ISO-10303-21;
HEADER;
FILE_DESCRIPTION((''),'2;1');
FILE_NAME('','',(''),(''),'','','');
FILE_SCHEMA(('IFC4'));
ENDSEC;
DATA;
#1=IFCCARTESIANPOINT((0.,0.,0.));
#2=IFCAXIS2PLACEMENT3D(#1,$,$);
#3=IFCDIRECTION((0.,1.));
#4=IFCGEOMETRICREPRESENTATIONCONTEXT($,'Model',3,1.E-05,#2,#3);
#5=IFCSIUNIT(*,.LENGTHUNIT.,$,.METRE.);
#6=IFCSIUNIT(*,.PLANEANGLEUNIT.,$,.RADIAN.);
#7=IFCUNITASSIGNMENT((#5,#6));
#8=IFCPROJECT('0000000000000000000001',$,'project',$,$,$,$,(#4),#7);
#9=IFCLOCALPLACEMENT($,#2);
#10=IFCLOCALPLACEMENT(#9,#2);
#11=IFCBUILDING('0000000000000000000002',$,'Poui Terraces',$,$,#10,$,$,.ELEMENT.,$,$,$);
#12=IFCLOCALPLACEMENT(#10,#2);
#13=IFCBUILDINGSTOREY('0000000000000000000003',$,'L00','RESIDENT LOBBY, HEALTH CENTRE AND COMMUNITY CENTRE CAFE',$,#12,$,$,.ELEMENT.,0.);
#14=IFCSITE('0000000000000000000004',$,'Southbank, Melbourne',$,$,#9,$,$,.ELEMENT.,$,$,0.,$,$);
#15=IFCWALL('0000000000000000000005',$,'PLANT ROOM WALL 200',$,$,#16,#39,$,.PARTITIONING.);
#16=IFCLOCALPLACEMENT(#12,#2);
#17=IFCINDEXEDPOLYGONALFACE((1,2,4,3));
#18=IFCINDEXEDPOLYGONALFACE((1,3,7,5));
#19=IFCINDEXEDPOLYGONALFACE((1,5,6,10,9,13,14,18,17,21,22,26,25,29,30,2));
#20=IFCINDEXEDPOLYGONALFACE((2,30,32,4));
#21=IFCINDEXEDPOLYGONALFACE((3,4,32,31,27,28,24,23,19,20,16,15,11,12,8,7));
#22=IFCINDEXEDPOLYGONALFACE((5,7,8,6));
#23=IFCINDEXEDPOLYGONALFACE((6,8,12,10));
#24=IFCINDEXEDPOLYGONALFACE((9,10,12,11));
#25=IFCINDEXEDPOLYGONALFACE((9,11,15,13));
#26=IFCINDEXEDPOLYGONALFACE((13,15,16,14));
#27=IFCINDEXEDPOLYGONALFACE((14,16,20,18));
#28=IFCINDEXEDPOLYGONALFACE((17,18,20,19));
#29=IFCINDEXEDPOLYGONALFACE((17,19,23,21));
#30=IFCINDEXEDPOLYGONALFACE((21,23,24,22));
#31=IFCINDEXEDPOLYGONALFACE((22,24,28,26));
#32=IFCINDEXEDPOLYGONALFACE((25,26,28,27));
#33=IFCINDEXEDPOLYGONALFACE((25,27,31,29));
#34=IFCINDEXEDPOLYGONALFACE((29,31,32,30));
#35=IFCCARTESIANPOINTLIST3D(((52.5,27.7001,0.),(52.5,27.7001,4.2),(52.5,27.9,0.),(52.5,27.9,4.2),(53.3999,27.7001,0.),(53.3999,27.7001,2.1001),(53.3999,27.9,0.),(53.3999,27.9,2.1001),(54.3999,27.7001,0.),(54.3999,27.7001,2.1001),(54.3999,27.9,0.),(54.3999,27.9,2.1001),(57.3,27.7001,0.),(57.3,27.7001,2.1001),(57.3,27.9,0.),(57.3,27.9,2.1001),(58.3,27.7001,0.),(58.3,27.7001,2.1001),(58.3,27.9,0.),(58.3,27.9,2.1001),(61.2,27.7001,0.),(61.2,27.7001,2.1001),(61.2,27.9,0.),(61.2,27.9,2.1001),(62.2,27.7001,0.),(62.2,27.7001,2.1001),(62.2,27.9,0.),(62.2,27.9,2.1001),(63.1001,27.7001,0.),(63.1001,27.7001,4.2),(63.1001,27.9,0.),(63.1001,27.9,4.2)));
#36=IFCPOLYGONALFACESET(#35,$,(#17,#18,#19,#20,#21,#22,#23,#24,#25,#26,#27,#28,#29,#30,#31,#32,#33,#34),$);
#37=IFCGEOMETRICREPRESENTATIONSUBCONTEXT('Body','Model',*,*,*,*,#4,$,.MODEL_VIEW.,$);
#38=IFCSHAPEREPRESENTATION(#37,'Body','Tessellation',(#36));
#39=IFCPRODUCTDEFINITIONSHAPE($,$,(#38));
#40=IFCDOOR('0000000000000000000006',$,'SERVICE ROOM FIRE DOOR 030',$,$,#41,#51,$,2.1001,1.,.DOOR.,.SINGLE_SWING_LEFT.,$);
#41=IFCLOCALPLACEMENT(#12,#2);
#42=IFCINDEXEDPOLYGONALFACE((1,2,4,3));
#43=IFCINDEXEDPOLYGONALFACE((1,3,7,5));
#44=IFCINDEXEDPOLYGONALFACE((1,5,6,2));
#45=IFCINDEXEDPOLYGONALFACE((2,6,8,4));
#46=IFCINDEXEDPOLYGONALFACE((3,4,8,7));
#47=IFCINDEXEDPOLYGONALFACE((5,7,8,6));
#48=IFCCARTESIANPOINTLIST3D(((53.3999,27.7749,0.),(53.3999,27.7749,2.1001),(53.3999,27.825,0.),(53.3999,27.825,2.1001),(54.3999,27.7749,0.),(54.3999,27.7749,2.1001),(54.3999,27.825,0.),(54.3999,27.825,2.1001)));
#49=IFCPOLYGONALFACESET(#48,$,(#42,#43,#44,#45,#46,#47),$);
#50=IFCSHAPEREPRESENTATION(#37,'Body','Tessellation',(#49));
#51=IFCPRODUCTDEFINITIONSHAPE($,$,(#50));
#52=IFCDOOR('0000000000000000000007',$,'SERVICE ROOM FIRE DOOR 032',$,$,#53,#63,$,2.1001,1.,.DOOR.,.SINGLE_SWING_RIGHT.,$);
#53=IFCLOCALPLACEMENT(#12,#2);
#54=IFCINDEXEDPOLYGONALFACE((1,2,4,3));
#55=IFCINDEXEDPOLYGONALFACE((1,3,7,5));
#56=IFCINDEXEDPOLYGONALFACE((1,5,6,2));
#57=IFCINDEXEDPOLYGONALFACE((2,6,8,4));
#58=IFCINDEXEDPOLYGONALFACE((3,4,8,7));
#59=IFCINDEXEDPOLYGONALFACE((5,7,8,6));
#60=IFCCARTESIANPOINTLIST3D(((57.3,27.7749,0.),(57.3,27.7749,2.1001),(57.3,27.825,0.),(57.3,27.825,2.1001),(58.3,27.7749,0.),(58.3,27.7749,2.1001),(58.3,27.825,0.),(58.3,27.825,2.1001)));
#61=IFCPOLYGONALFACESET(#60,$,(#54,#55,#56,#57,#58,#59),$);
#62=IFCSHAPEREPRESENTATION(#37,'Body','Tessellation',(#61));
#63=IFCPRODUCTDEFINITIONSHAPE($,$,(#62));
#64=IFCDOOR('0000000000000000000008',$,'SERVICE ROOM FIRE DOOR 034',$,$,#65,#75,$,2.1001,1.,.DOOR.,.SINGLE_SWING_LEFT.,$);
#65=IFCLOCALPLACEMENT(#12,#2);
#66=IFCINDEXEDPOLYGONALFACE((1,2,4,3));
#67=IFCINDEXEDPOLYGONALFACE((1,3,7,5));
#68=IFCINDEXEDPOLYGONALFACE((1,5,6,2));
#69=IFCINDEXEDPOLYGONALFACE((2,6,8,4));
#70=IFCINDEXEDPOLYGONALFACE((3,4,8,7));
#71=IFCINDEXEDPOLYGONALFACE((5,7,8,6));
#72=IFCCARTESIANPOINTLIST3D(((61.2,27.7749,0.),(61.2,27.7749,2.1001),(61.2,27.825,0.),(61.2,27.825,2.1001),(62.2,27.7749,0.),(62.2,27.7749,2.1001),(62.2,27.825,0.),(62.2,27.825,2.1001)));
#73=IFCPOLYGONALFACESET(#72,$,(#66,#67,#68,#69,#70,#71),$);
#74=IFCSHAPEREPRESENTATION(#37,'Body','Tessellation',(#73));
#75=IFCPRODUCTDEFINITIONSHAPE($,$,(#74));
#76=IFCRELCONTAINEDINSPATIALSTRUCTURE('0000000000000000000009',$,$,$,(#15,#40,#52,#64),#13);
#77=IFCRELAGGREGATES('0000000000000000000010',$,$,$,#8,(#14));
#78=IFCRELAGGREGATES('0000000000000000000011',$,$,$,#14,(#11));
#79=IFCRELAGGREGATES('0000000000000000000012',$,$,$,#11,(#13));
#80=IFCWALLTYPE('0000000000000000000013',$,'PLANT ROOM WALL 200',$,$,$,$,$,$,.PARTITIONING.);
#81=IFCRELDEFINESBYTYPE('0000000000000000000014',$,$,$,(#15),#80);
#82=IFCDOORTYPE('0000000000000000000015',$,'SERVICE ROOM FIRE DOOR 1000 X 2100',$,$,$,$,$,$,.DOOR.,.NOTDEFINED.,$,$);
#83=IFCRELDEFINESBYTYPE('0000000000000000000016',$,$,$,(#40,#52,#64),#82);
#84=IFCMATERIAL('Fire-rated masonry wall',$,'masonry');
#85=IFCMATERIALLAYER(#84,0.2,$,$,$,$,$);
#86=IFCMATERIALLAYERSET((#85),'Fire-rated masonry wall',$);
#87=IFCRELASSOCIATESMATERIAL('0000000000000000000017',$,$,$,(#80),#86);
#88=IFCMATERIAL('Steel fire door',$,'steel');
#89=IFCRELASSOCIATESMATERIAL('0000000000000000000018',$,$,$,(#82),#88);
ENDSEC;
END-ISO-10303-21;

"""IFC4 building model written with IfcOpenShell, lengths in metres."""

from ifc_helpers import new_model, si_unit, direction, frame, frame_2d, origin, place, context, subcontext, project, spatial, rectangle, extrude, material, layer, layer_set, type_object, element, fill, save


model = new_model("IFC4")

# Units and contexts
model_context = context("Model", 3, precision=1e-05, world=origin(), true_north=direction((0.0, 1.0)))
body_context = subcontext(model_context, "Body", "Model", "MODEL_VIEW")
ifc_project = project(units=[si_unit("LENGTHUNIT", "METRE"), si_unit("PLANEANGLEUNIT", "RADIAN")], contexts=[model_context])

# Site, building, storey
site_placement = place(None, origin())
site = spatial("IfcSite", under=ifc_project, at=site_placement, Name="Southbank, Melbourne", CompositionType="ELEMENT", RefElevation=0.0)
building_placement = place(site_placement, origin())
building = spatial("IfcBuilding", under=site, at=building_placement, Name="Poui Terraces", CompositionType="ELEMENT")
storey_placement = place(building_placement, origin())
storey = spatial("IfcBuildingStorey", under=building, at=storey_placement, Name="L00", Description="RESIDENT LOBBY, HEALTH CENTRE AND COMMUNITY CENTRE CAFE", CompositionType="ELEMENT", Elevation=0.0)

# Shared definitions
ifc_material_1 = material(Name="Steel fire door", Category="steel")

# Wall, openings, doors
ifc_material_2 = material(Name="Fire-rated masonry wall", Category="masonry")
ifc_layer_1 = layer(ifc_material_2, 0.2)
ifc_layer_set_1 = layer_set([ifc_layer_1], Name="Fire-rated masonry wall")
wall_type_1 = type_object("IfcWallType", Name="PLANT ROOM WALL 200", PredefinedType="PARTITIONING", material=ifc_layer_set_1)
wall_1_placement = place(storey_placement, frame((52.5, 27.8, 0.0), z_axis=(0.0, 0.0, 1.0), x_axis=(1.0, 0.0, 0.0)))
wall_1 = element("IfcWall", 1, at=wall_1_placement, inside=storey, type_object=wall_type_1, Name="PLANT ROOM WALL 200", PredefinedType="PARTITIONING", context=body_context, shape_type="SweptSolid", body=[
    extrude(rectangle(XDim=10.6001, YDim=0.2, at=frame_2d((5.3, 0.0))), origin(), (0.0, 0.0, 1.0), 4.2),
])
opening_1_placement = place(wall_1_placement, frame((0.8999, 0.0, 0.0)))
opening_1 = element("IfcOpeningElement", 2, at=opening_1_placement, cuts=wall_1, PredefinedType="OPENING", context=body_context, shape_type="SweptSolid", body=[
    extrude(rectangle(XDim=1.0, YDim=2.1001, at=frame_2d((0.5, 1.05))), frame((0.0, 0.1099, 0.0), z_axis=(0.0, -1.0, 0.0), x_axis=(1.0, 0.0, 0.0)), (0.0, 0.0, 1.0), 0.22),
])
opening_2_placement = place(wall_1_placement, frame((4.8, 0.0, 0.0)))
opening_2 = element("IfcOpeningElement", 3, at=opening_2_placement, cuts=wall_1, PredefinedType="OPENING", context=body_context, shape_type="SweptSolid", body=[
    extrude(rectangle(XDim=1.0, YDim=2.1001, at=frame_2d((0.5, 1.05))), frame((0.0, 0.1099, 0.0), z_axis=(0.0, -1.0, 0.0), x_axis=(1.0, 0.0, 0.0)), (0.0, 0.0, 1.0), 0.22),
])
opening_3_placement = place(wall_1_placement, frame((8.7, 0.0, 0.0)))
opening_3 = element("IfcOpeningElement", 4, at=opening_3_placement, cuts=wall_1, PredefinedType="OPENING", context=body_context, shape_type="SweptSolid", body=[
    extrude(rectangle(XDim=1.0, YDim=2.1001, at=frame_2d((0.5, 1.05))), frame((0.0, 0.1099, 0.0), z_axis=(0.0, -1.0, 0.0), x_axis=(1.0, 0.0, 0.0)), (0.0, 0.0, 1.0), 0.22),
])
door_type_1 = type_object("IfcDoorType", Name="SERVICE ROOM FIRE DOOR 1000 X 2100", OperationType="NOTDEFINED", PredefinedType="DOOR", material=ifc_material_1)
door_1_placement = place(opening_1_placement, origin())
door_1 = element("IfcDoor", 5, at=door_1_placement, inside=storey, type_object=door_type_1, Name="SERVICE ROOM FIRE DOOR 030", OperationType="SINGLE_SWING_LEFT", OverallHeight=2.1001, OverallWidth=1.0, PredefinedType="DOOR", context=body_context, shape_type="SweptSolid", body=[
    extrude(rectangle(XDim=1.0, YDim=2.1001, at=frame_2d((0.5, 1.05))), frame((0.0, 0.0249, 0.0), z_axis=(0.0, -1.0, 0.0), x_axis=(1.0, 0.0, 0.0)), (0.0, 0.0, 1.0), 0.05),
])
fill(opening_1, door_1)
door_2_placement = place(opening_2_placement, origin())
door_2 = element("IfcDoor", 6, at=door_2_placement, inside=storey, type_object=door_type_1, Name="SERVICE ROOM FIRE DOOR 032", OperationType="SINGLE_SWING_RIGHT", OverallHeight=2.1001, OverallWidth=1.0, PredefinedType="DOOR", context=body_context, shape_type="SweptSolid", body=[
    extrude(rectangle(XDim=1.0, YDim=2.1001, at=frame_2d((0.5, 1.05))), frame((0.0, 0.0249, 0.0), z_axis=(0.0, -1.0, 0.0), x_axis=(1.0, 0.0, 0.0)), (0.0, 0.0, 1.0), 0.05),
])
fill(opening_2, door_2)
door_3_placement = place(opening_3_placement, origin())
door_3 = element("IfcDoor", 7, at=door_3_placement, inside=storey, type_object=door_type_1, Name="SERVICE ROOM FIRE DOOR 034", OperationType="SINGLE_SWING_LEFT", OverallHeight=2.1001, OverallWidth=1.0, PredefinedType="DOOR", context=body_context, shape_type="SweptSolid", body=[
    extrude(rectangle(XDim=1.0, YDim=2.1001, at=frame_2d((0.5, 1.05))), frame((0.0, 0.0249, 0.0), z_axis=(0.0, -1.0, 0.0), x_axis=(1.0, 0.0, 0.0)), (0.0, 0.0, 1.0), 0.05),
])
fill(opening_3, door_3)

save(model, "model.ifc")
